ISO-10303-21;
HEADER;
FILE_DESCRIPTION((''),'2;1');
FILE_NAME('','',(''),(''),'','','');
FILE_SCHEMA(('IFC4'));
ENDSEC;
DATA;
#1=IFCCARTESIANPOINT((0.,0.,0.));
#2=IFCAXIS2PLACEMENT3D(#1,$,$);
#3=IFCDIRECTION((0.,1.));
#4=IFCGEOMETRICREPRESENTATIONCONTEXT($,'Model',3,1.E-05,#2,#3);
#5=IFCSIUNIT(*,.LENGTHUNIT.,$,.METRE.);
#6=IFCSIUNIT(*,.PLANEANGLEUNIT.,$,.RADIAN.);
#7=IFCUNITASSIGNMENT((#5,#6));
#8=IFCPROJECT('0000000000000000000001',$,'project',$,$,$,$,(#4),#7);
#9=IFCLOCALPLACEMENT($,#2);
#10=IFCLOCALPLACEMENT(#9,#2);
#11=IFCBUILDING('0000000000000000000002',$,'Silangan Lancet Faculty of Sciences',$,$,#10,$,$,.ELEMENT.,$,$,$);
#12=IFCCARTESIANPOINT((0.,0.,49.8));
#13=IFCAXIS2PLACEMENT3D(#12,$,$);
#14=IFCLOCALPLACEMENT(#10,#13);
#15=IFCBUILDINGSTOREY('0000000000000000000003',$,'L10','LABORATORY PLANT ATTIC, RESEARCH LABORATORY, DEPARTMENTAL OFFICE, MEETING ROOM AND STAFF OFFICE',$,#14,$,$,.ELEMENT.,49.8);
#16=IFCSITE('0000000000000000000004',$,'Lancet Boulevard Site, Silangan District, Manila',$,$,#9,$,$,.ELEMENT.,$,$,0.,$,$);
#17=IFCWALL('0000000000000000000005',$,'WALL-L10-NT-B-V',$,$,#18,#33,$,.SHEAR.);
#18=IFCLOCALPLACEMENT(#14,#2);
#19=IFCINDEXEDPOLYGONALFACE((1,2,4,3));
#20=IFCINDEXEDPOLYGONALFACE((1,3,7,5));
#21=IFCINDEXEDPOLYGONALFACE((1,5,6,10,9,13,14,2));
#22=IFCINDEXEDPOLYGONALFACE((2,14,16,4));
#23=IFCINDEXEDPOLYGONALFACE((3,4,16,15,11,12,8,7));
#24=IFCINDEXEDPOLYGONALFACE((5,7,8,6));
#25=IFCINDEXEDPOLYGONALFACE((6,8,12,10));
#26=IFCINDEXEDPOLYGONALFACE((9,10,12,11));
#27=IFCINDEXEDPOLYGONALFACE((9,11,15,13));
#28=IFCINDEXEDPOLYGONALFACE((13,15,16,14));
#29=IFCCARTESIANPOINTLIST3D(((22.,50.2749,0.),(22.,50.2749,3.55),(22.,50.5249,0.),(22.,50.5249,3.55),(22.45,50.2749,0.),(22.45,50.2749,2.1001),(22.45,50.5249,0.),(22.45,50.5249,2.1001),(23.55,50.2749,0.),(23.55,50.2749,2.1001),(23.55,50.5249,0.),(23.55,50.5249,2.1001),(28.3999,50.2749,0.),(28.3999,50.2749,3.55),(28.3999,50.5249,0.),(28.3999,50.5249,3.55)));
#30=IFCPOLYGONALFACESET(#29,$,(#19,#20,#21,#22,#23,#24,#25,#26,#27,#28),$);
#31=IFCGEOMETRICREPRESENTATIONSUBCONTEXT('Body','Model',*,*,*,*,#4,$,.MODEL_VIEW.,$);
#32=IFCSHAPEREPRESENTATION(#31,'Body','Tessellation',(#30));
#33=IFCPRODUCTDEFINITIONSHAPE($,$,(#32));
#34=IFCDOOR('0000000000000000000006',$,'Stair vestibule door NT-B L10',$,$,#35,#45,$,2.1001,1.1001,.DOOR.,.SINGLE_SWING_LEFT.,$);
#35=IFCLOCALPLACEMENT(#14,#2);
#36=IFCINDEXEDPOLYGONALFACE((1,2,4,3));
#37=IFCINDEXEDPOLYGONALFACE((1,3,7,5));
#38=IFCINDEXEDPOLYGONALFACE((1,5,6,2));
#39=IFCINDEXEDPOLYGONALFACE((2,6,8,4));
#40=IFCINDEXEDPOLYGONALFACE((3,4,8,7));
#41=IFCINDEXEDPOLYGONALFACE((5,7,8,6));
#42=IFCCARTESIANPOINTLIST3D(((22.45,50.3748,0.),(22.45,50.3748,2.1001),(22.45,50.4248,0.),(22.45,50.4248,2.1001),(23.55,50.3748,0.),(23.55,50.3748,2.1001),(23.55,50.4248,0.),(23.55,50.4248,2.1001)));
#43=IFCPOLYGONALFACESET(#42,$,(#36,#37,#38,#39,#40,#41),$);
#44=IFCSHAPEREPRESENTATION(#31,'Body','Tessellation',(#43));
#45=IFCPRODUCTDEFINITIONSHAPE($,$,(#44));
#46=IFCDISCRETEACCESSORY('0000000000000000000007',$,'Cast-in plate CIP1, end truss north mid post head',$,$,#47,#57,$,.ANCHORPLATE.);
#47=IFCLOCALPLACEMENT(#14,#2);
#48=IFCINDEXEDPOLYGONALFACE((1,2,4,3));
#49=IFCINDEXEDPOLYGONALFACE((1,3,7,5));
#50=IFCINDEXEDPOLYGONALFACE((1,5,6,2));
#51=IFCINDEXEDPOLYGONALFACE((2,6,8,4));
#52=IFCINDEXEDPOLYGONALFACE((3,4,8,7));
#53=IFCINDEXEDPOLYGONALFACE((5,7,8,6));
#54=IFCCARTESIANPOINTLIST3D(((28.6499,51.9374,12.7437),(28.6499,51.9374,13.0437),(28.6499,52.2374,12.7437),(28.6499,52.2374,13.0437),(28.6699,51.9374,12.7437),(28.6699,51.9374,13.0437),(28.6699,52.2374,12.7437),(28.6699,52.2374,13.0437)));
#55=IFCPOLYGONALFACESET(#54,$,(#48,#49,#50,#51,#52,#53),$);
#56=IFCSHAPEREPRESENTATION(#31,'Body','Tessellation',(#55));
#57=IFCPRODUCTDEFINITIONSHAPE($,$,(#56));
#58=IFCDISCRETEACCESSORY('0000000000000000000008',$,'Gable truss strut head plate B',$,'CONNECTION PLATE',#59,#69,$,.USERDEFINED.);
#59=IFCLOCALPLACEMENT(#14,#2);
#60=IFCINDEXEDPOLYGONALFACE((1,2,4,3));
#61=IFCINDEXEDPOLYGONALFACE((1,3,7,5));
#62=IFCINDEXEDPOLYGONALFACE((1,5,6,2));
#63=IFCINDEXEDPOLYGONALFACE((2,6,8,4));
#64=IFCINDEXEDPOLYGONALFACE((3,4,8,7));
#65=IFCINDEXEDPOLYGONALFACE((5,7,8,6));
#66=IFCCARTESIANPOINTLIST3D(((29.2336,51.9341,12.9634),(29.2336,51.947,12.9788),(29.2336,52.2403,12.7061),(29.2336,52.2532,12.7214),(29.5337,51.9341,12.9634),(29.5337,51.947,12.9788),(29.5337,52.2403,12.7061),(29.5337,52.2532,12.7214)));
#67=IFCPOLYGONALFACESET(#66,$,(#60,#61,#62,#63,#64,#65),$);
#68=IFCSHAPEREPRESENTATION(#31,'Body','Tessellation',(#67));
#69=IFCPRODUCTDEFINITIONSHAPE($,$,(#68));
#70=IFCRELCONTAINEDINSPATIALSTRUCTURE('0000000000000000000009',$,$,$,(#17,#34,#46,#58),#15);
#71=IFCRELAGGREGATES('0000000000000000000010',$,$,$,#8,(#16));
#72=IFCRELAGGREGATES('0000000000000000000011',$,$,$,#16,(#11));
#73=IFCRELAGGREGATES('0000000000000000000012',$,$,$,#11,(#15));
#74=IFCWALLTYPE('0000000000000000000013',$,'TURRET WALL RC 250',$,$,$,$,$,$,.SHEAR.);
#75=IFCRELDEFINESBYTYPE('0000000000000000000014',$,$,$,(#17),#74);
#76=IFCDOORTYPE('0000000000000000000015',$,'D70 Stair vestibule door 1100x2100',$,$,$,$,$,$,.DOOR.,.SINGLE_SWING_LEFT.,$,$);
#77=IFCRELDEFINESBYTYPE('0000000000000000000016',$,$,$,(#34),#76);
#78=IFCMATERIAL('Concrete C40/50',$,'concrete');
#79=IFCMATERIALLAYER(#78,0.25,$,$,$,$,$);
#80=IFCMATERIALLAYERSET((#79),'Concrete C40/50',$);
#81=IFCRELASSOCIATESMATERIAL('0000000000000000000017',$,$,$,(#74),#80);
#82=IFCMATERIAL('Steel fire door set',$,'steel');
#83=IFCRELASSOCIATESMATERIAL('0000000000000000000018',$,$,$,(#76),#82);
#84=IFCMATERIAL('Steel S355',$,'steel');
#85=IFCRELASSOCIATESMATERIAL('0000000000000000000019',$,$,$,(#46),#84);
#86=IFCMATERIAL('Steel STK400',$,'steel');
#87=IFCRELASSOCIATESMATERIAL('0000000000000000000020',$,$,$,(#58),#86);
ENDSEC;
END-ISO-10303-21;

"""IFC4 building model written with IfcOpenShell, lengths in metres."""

from ifc_helpers import new_model, si_unit, direction, frame, frame_2d, origin, origin_2d, place, context, subcontext, project, spatial, polyline, rectangle, outline, extrude, material, layer, layer_set, type_object, element, fill, save


model = new_model("IFC4")

# Units and contexts
model_context = context("Model", 3, precision=1e-05, world=origin(), true_north=direction((0.0, 1.0)))
body_context = subcontext(model_context, "Body", "Model", "MODEL_VIEW")
ifc_project = project(units=[si_unit("LENGTHUNIT", "METRE"), si_unit("PLANEANGLEUNIT", "RADIAN")], contexts=[model_context])

# Site, building, storey
site_placement = place(None, origin())
site = spatial("IfcSite", under=ifc_project, at=site_placement, Name="Lancet Boulevard Site, Silangan District, Manila", CompositionType="ELEMENT", RefElevation=0.0)
building_placement = place(site_placement, origin())
building = spatial("IfcBuilding", under=site, at=building_placement, Name="Silangan Lancet Faculty of Sciences", CompositionType="ELEMENT")
storey_placement = place(building_placement, frame((0.0, 0.0, 49.8)))
storey = spatial("IfcBuildingStorey", under=building, at=storey_placement, Name="L10", Description="LABORATORY PLANT ATTIC, RESEARCH LABORATORY, DEPARTMENTAL OFFICE, MEETING ROOM AND STAFF OFFICE", CompositionType="ELEMENT", Elevation=49.8)

# Wall, opening, door
ifc_material_1 = material(Name="Concrete C40/50", Category="concrete")
ifc_layer_1 = layer(ifc_material_1, 0.25)
ifc_layer_set_1 = layer_set([ifc_layer_1], Name="Concrete C40/50")
wall_type_1 = type_object("IfcWallType", Name="TURRET WALL RC 250", PredefinedType="SHEAR", material=ifc_layer_set_1)
wall_1_placement = place(storey_placement, frame((22.0, 50.3999, 0.0), z_axis=(0.0, 0.0, 1.0), x_axis=(1.0, 0.0, 0.0)))
wall_1 = element("IfcWall", 1, at=wall_1_placement, inside=storey, type_object=wall_type_1, Name="WALL-L10-NT-B-V", PredefinedType="SHEAR", context=body_context, shape_type="SweptSolid", body=[
    extrude(rectangle(XDim=6.3999, YDim=0.25, at=frame_2d((3.2, 0.0))), origin(), (0.0, 0.0, 1.0), 3.55),
])
opening_1_placement = place(wall_1_placement, frame((0.45, 0.0, 0.0)))
opening_1 = element("IfcOpeningElement", 2, at=opening_1_placement, cuts=wall_1, PredefinedType="OPENING", context=body_context, shape_type="SweptSolid", body=[
    extrude(rectangle(XDim=1.1001, YDim=2.1001, at=frame_2d((0.55, 1.05))), frame((0.0, 0.135, 0.0), z_axis=(0.0, -1.0, 0.0), x_axis=(1.0, 0.0, 0.0)), (0.0, 0.0, 1.0), 0.27),
])
ifc_material_2 = material(Name="Steel fire door set", Category="steel")
door_type_1 = type_object("IfcDoorType", Name="D70 Stair vestibule door 1100x2100", OperationType="SINGLE_SWING_LEFT", PredefinedType="DOOR", material=ifc_material_2)
door_1_placement = place(opening_1_placement, origin())
door_1 = element("IfcDoor", 3, at=door_1_placement, inside=storey, type_object=door_type_1, Name="Stair vestibule door NT-B L10", OperationType="SINGLE_SWING_LEFT", OverallHeight=2.1001, OverallWidth=1.1001, PredefinedType="DOOR", context=body_context, shape_type="SweptSolid", body=[
    extrude(rectangle(XDim=1.1001, YDim=2.1001, at=frame_2d((0.55, 1.05))), frame((0.0, 0.0249, 0.0), z_axis=(0.0, -1.0, 0.0), x_axis=(1.0, 0.0, 0.0)), (0.0, 0.0, 1.0), 0.05),
])
fill(opening_1, door_1)

# Discrete accessories
ifc_material_3 = material(Name="Steel S355", Category="steel")
discrete_accessory_1_placement = place(storey_placement, frame((28.6599, 52.0874, 12.7437), z_axis=(0.0, 0.0, 1.0), x_axis=(1.0, 0.0, 0.0)))
element("IfcDiscreteAccessory", 4, at=discrete_accessory_1_placement, inside=storey, material=ifc_material_3, Name="Cast-in plate CIP1, end truss north mid post head", PredefinedType="ANCHORPLATE", context=body_context, shape_type="SweptSolid", body=[
    extrude(rectangle(XDim=0.02, YDim=0.3, at=origin_2d()), origin(), (0.0, 0.0, 1.0), 0.3),
])
ifc_material_4 = material(Name="Steel STK400", Category="steel")
discrete_accessory_2_placement = place(storey_placement, frame((29.2336, 51.947, 12.9788), z_axis=(0.0, 0.643421, 0.765512), x_axis=(1.0, 0.0, 0.0)))
element("IfcDiscreteAccessory", 5, at=discrete_accessory_2_placement, inside=storey, material=ifc_material_4, Name="Gable truss strut head plate B", ObjectType="CONNECTION PLATE", PredefinedType="USERDEFINED", context=body_context, shape_type="SweptSolid", body=[
    extrude(outline(polyline([(0.0, 0.0), (0.3, 0.0), (0.3, 0.3999), (0.0, 0.3999), (0.0, 0.0)])), origin(), (0.0, 0.0, -1.0), 0.02),
])

save(model, "model.ifc")
